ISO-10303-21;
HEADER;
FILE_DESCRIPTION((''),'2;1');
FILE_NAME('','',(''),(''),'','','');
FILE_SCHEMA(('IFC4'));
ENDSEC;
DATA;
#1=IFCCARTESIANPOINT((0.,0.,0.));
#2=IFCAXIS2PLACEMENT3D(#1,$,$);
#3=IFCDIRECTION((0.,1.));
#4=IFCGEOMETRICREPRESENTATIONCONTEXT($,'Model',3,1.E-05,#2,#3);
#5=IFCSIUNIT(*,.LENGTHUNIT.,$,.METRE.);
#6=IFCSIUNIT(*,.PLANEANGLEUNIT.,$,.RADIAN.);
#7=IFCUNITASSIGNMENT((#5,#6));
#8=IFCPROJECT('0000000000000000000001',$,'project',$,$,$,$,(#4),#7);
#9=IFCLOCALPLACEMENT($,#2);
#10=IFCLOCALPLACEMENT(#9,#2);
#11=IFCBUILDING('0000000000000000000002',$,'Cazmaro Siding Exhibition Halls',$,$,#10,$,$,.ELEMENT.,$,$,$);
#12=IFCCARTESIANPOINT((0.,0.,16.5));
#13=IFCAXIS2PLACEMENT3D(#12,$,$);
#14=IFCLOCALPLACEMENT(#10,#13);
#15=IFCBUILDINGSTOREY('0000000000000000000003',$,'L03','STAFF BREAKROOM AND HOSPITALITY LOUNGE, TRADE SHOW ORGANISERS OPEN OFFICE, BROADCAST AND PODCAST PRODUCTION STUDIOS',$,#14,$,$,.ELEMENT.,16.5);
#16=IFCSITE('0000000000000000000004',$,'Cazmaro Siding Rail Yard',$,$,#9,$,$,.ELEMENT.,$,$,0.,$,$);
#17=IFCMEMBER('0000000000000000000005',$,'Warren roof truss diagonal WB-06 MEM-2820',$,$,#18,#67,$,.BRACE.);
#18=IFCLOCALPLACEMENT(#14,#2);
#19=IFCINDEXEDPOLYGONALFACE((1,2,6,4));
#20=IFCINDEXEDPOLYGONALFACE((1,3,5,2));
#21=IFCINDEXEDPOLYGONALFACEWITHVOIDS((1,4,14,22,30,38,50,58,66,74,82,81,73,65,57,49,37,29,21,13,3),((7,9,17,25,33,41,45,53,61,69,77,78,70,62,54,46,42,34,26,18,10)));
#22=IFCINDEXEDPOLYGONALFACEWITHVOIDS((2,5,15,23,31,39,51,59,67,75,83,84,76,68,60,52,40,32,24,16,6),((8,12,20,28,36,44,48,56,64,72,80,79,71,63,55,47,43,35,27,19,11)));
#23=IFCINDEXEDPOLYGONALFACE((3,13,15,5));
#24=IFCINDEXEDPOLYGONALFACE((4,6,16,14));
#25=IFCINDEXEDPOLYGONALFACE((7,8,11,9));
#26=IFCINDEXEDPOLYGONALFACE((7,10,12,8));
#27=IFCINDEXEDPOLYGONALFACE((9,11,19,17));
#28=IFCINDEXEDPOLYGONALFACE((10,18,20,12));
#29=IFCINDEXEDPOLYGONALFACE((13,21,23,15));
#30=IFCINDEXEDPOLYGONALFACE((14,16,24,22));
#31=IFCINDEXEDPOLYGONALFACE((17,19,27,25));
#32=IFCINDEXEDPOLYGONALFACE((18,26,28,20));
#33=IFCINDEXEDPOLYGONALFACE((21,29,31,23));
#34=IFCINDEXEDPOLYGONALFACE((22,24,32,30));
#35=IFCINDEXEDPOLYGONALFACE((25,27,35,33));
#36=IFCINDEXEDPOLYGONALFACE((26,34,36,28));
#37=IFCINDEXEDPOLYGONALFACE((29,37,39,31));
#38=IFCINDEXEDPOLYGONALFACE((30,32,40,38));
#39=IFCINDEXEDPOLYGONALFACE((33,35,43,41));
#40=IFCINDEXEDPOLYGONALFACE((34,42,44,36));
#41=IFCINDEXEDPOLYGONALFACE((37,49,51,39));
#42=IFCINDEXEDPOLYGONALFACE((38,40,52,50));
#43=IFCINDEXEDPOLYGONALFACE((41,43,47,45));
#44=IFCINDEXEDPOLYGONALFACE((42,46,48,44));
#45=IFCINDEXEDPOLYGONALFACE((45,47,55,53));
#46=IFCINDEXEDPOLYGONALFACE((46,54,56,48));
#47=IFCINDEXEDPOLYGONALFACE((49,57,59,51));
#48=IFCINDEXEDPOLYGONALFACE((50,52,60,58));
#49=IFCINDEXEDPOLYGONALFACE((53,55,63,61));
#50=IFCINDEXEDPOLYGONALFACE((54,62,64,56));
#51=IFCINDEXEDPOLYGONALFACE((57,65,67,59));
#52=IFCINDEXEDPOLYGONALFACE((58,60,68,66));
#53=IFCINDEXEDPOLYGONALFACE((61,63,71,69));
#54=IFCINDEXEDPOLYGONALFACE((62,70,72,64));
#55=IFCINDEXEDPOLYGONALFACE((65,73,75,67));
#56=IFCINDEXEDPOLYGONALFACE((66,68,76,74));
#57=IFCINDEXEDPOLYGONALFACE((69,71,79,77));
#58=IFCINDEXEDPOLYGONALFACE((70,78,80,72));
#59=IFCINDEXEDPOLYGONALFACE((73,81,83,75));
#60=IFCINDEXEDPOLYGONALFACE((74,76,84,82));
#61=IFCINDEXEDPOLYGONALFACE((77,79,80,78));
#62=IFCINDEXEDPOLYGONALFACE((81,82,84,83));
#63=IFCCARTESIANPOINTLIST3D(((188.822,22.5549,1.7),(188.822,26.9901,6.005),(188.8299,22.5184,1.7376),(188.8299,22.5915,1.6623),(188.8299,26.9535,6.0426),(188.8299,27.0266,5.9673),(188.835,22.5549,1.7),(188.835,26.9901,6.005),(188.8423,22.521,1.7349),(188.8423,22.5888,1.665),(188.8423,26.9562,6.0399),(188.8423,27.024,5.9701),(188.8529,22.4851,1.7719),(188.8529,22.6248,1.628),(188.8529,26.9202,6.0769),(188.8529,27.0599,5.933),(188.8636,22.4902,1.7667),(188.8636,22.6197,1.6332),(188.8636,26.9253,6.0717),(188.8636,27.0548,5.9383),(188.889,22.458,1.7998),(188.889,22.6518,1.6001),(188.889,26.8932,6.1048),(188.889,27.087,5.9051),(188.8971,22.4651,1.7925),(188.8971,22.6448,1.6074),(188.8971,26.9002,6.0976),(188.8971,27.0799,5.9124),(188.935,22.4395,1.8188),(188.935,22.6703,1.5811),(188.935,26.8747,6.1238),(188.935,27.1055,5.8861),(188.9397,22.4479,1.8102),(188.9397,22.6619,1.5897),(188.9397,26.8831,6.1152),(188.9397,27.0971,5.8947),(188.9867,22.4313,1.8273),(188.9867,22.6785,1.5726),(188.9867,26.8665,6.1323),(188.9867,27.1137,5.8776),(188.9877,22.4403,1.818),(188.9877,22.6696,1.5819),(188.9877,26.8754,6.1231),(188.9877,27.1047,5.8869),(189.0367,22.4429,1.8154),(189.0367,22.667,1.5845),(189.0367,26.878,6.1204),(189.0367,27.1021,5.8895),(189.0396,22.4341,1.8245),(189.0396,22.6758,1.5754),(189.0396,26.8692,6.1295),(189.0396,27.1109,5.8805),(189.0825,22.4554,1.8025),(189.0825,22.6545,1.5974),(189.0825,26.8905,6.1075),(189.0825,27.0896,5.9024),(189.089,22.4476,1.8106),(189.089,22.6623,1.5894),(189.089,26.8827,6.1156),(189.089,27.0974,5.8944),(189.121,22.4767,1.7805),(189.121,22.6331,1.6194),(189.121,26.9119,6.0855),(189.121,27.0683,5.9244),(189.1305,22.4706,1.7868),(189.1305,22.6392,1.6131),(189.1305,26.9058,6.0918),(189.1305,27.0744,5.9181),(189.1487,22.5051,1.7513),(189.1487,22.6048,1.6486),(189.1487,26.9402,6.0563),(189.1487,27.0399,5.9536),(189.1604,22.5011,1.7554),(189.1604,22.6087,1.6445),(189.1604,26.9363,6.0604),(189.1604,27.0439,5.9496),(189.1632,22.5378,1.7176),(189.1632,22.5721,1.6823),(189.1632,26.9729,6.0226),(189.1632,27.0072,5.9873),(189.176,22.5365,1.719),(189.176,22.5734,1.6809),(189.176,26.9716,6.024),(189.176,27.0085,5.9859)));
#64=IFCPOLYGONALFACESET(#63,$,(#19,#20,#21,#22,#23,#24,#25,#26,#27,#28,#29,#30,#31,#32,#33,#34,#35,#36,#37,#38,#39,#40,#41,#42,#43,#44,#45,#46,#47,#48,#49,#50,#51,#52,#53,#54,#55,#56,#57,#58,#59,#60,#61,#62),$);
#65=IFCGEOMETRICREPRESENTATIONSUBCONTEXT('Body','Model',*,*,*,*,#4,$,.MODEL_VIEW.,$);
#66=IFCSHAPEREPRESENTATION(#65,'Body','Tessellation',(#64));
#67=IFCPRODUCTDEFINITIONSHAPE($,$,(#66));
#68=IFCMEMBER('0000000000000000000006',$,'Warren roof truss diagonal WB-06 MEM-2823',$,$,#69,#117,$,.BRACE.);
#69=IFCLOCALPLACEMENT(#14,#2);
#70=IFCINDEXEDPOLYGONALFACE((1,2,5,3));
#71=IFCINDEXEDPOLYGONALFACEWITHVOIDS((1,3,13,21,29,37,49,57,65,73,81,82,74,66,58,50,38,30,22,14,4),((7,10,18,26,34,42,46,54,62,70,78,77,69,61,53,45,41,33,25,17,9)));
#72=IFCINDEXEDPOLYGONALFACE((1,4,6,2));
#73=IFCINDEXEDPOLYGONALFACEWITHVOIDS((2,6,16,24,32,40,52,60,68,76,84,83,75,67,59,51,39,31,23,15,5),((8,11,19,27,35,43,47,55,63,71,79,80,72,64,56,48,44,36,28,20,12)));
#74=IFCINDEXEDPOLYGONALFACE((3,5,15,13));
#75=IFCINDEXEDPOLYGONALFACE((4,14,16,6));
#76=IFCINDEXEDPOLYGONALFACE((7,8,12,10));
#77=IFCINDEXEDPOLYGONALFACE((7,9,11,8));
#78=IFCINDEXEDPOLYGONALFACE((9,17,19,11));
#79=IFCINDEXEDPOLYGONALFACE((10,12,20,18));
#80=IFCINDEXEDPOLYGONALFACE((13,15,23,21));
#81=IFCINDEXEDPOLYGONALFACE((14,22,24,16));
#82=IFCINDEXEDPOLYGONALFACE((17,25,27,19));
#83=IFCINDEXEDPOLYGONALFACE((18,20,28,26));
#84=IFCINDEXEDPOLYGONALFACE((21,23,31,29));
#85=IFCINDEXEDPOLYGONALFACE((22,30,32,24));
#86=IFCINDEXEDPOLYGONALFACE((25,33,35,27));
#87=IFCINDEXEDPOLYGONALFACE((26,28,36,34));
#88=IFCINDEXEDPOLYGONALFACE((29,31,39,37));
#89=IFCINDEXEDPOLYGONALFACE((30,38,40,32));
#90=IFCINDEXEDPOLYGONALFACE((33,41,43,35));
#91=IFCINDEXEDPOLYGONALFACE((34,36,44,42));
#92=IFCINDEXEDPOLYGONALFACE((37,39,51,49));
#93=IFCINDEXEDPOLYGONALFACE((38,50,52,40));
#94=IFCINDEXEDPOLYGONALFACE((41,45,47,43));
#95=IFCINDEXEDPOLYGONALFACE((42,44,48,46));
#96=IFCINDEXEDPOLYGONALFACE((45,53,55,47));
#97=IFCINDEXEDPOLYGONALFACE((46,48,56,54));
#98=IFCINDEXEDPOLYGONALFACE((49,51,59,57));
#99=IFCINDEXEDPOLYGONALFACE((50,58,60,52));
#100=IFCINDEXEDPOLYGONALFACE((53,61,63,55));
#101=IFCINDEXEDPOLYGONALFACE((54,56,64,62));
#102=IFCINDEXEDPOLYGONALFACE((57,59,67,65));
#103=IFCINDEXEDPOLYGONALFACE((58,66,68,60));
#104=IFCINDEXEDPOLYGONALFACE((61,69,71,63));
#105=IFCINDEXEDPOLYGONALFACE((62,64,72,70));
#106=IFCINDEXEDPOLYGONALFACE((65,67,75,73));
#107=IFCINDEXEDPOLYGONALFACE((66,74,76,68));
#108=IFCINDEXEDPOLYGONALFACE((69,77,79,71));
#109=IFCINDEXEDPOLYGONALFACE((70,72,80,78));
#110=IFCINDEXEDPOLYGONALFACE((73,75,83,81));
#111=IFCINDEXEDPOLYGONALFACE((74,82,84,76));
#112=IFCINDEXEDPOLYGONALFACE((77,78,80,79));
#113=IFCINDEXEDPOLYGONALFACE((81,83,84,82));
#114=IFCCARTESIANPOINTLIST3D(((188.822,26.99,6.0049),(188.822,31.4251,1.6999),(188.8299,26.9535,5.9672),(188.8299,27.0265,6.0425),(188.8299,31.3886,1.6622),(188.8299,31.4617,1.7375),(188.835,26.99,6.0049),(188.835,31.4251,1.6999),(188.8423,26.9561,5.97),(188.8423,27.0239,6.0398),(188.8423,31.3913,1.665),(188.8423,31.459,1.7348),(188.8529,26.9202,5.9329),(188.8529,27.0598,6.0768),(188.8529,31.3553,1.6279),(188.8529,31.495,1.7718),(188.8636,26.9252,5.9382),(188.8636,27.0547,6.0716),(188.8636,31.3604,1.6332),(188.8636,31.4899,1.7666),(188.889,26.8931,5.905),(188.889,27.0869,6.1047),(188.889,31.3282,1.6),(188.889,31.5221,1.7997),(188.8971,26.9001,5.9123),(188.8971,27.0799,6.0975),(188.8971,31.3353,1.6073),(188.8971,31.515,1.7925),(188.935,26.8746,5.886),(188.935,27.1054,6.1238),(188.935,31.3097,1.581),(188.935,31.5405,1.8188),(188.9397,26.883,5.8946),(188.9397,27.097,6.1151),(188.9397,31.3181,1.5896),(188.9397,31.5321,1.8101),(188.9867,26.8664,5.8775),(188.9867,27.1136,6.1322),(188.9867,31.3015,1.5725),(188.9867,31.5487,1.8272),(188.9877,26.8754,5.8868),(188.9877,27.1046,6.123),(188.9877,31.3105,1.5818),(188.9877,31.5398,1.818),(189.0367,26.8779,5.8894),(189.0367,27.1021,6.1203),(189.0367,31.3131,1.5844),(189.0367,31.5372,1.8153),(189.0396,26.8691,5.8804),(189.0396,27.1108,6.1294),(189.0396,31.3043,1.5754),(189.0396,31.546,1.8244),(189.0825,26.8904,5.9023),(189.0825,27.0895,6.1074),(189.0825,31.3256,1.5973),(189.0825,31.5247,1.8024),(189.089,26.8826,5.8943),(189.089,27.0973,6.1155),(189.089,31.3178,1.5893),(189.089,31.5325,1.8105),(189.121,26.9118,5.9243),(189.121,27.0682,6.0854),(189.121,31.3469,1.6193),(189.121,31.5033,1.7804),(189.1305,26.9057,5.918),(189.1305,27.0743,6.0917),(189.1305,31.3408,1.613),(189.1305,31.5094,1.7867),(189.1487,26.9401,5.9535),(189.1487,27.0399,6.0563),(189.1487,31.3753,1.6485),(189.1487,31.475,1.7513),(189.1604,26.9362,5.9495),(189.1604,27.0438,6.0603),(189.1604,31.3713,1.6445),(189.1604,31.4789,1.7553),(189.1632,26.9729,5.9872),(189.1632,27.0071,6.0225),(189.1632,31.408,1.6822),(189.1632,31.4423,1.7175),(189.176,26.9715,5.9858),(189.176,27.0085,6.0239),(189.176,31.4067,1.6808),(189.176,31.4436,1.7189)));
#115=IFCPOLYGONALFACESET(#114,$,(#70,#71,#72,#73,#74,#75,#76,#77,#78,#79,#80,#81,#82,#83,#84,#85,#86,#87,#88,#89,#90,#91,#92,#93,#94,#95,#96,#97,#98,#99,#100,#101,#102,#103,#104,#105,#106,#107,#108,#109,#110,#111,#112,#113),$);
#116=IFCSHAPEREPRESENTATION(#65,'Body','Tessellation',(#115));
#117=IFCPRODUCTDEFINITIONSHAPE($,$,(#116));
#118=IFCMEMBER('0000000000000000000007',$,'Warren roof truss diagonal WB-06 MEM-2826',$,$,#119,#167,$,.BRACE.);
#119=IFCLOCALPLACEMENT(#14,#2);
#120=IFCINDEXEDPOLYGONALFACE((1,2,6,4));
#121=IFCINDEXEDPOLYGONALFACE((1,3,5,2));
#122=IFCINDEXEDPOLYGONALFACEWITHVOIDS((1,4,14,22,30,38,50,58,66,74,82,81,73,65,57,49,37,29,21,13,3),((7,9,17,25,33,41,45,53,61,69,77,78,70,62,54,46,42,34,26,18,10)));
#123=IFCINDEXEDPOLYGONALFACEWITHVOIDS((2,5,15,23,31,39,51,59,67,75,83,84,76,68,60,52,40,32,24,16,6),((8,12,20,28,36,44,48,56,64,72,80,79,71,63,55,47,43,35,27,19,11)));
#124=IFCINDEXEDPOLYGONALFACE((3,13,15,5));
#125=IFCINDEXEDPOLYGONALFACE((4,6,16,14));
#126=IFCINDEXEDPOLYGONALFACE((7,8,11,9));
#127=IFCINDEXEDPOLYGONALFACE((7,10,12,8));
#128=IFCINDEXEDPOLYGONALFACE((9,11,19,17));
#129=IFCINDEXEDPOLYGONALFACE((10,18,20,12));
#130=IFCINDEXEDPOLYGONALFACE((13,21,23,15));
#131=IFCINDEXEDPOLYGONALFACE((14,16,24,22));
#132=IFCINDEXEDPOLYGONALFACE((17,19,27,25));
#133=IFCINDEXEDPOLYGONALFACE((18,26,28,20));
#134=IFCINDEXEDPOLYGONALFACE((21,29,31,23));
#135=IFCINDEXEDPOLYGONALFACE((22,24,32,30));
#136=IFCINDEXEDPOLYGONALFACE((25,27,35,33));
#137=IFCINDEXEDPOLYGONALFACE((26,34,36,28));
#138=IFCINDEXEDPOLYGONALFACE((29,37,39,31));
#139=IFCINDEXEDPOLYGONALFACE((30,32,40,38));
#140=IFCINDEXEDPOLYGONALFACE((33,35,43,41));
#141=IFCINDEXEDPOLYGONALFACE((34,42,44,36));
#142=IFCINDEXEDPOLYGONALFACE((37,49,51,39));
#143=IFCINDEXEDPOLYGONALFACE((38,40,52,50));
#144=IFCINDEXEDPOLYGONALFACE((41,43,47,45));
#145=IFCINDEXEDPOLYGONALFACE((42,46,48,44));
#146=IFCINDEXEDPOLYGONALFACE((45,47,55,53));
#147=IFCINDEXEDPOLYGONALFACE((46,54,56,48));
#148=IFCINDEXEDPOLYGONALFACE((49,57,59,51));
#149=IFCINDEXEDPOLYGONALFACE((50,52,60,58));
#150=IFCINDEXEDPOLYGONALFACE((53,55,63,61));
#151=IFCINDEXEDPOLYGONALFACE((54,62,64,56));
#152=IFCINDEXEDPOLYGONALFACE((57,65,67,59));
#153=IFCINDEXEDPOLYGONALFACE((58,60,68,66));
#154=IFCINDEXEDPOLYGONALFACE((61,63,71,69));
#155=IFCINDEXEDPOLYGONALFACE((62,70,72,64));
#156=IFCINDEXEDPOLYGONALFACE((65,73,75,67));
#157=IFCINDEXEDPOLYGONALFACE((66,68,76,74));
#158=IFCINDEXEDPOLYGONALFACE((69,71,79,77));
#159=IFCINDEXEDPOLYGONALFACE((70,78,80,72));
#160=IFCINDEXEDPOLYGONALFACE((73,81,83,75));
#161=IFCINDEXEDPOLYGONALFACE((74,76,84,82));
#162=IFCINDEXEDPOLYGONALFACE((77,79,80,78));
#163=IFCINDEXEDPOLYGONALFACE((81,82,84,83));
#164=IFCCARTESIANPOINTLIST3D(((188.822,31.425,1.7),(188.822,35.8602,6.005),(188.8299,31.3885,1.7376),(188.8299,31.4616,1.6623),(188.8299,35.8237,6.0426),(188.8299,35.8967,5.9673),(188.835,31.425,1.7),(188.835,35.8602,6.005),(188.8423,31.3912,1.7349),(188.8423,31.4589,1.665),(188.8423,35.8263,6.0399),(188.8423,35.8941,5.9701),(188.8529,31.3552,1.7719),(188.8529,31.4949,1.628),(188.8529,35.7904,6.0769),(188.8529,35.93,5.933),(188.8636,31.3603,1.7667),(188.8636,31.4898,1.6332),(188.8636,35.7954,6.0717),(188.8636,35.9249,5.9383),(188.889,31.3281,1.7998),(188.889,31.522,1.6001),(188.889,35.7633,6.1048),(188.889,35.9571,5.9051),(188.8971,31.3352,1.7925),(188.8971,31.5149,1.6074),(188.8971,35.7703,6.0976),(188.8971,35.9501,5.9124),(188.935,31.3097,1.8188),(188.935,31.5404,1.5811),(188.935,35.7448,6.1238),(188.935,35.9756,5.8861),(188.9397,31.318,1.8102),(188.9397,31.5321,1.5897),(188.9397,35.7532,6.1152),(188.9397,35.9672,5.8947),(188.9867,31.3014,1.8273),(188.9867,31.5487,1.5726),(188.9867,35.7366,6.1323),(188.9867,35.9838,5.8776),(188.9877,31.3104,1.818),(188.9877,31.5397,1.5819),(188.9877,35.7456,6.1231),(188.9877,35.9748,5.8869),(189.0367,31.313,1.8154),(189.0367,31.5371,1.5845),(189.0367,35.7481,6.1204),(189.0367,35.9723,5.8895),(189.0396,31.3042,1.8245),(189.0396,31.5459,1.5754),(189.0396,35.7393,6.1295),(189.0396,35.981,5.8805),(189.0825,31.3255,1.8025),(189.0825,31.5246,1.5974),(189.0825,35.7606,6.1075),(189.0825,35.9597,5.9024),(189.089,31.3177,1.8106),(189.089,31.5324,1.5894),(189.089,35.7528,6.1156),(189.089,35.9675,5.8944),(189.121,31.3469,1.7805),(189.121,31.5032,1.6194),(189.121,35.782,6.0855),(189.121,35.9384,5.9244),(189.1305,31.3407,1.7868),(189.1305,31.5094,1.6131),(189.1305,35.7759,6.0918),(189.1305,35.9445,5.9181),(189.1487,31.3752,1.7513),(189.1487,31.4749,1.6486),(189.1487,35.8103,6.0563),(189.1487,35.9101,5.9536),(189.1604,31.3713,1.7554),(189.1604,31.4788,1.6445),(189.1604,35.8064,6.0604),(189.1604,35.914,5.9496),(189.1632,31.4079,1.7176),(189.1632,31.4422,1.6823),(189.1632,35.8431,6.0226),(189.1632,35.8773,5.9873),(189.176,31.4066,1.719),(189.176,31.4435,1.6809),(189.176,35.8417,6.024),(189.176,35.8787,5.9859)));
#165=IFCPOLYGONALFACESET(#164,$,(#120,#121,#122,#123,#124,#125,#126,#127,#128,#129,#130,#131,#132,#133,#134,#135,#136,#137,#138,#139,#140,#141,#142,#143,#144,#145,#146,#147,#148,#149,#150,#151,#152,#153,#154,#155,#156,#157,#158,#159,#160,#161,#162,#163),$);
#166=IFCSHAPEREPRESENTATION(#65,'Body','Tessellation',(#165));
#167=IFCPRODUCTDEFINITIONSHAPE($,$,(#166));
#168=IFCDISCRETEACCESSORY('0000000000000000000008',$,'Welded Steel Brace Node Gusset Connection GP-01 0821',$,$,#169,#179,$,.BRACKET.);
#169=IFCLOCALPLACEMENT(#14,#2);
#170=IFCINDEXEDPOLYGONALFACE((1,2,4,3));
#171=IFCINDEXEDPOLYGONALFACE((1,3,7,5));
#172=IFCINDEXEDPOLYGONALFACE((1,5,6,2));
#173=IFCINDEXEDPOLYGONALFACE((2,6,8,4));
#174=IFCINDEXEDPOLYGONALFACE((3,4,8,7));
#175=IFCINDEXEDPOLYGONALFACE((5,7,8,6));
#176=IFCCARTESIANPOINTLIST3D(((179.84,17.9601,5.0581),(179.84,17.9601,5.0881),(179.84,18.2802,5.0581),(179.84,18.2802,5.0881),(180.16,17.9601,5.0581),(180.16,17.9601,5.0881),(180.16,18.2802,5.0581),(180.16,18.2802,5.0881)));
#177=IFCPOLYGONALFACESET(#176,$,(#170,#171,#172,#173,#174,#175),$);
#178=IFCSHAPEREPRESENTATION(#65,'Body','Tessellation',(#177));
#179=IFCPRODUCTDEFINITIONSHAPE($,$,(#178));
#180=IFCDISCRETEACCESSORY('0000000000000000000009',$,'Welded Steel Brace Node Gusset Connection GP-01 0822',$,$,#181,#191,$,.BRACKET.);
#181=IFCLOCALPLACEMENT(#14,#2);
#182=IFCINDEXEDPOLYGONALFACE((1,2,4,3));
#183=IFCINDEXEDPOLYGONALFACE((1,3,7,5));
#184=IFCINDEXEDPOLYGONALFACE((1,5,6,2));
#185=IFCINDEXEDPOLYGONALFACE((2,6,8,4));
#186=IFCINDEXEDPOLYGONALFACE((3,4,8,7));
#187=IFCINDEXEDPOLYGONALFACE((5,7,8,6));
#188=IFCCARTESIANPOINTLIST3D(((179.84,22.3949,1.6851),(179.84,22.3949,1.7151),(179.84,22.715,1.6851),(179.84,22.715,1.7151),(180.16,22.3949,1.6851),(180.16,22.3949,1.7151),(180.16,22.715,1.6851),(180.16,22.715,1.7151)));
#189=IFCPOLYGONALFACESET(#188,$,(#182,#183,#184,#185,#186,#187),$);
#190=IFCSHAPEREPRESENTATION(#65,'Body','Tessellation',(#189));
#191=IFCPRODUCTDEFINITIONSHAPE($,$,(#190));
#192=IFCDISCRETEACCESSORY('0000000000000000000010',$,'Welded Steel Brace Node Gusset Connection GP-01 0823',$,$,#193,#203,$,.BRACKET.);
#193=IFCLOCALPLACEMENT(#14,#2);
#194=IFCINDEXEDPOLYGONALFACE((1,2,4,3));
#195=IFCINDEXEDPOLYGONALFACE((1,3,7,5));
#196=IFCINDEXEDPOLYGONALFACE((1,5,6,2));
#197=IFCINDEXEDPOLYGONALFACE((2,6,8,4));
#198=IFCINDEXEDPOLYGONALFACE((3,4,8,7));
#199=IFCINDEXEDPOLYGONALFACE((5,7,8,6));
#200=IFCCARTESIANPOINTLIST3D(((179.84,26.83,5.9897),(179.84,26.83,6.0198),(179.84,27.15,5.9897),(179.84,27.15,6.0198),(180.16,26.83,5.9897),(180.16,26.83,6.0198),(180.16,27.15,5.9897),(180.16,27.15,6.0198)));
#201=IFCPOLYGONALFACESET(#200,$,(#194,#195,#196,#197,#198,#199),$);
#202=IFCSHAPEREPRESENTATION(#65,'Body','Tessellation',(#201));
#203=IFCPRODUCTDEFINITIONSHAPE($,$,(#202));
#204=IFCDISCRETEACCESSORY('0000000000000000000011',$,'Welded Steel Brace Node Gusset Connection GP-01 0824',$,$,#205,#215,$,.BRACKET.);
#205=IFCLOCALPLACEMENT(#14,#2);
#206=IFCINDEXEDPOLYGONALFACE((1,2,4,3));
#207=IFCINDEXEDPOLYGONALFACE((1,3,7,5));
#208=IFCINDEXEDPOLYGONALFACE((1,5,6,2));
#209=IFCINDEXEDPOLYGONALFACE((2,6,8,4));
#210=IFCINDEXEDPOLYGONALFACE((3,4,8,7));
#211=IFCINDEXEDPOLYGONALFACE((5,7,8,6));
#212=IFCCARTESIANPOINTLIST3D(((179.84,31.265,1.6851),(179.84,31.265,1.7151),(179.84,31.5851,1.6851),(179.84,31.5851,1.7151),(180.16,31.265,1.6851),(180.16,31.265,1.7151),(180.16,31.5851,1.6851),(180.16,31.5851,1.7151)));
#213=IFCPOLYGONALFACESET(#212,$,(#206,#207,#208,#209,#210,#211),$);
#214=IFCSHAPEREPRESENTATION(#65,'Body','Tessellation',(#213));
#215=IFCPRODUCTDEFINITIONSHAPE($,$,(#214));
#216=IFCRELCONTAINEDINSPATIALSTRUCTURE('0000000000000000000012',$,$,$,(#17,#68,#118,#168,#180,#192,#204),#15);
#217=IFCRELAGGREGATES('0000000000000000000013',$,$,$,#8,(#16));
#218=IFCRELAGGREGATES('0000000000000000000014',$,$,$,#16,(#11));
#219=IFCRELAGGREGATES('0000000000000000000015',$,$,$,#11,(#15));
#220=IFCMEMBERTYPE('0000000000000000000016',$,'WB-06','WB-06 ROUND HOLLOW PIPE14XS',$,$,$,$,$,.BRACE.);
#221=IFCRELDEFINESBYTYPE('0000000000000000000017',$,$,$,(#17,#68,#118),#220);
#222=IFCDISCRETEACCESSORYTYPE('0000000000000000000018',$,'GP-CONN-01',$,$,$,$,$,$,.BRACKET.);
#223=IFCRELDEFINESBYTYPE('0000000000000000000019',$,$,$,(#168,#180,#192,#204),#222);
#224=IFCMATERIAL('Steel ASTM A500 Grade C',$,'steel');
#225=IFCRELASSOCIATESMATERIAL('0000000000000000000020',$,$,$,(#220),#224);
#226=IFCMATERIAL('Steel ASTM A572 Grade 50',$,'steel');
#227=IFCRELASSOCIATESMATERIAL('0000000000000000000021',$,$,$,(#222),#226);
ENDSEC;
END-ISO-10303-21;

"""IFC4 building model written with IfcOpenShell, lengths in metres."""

from ifc_helpers import new_model, si_unit, direction, frame, origin, origin_2d, place, context, subcontext, project, spatial, rectangle, hollow_circle, extrude, material, material_profile, profile_set, type_object, element, save


model = new_model("IFC4")

# Units and contexts
model_context = context("Model", 3, precision=1e-05, world=origin(), true_north=direction((0.0, 1.0)))
body_context = subcontext(model_context, "Body", "Model", "MODEL_VIEW")
ifc_project = project(units=[si_unit("LENGTHUNIT", "METRE"), si_unit("PLANEANGLEUNIT", "RADIAN")], contexts=[model_context])

# Site, building, storey
site_placement = place(None, origin())
site = spatial("IfcSite", under=ifc_project, at=site_placement, Name="Cazmaro Siding Rail Yard", CompositionType="ELEMENT", RefElevation=0.0)
building_placement = place(site_placement, origin())
building = spatial("IfcBuilding", under=site, at=building_placement, Name="Cazmaro Siding Exhibition Halls", CompositionType="ELEMENT")
storey_placement = place(building_placement, frame((0.0, 0.0, 16.5)))
storey = spatial("IfcBuildingStorey", under=building, at=storey_placement, Name="L03", Description="STAFF BREAKROOM AND HOSPITALITY LOUNGE, TRADE SHOW ORGANISERS OPEN OFFICE, BROADCAST AND PODCAST PRODUCTION STUDIOS", CompositionType="ELEMENT", Elevation=16.5)

# Members
ifc_material_1 = material(Name="Steel ASTM A500 Grade C", Category="steel")
ifc_material_profile_1 = material_profile(ifc_material_1, hollow_circle(Radius=0.178, WallThickness=0.0129, at=origin_2d()), Name="PIPE14XS")
ifc_profile_set_1 = profile_set([ifc_material_profile_1], Name="Steel ASTM A500 Grade C")
member_type_1 = type_object("IfcMemberType", Name="WB-06", Description="WB-06 ROUND HOLLOW PIPE14XS", PredefinedType="BRACE", material=ifc_profile_set_1)
for number, where, z_axis, x_axis, name in (
    (1, (189.0, 22.5549, 1.7), (0.0, 0.717555, 0.696502), (-1.0, 0.0, 0.0), "Warren roof truss diagonal WB-06 MEM-2820"),
    (2, (189.0, 26.99, 6.0049), (0.0, 0.717555, -0.696502), (-1.0, 0.0, 0.0), "Warren roof truss diagonal WB-06 MEM-2823"),
    (3, (189.0, 31.425, 1.7), (0.0, 0.717555, 0.696502), (-1.0, 0.0, 0.0), "Warren roof truss diagonal WB-06 MEM-2826"),
):
    element("IfcMember", number, at=place(storey_placement, frame(where, z_axis=z_axis, x_axis=x_axis)), inside=storey, type_object=member_type_1, Name=name, PredefinedType="BRACE", context=body_context, shape_type="SweptSolid", body=[
        extrude(hollow_circle(Radius=0.178, WallThickness=0.0129, at=origin_2d()), origin(), (0.0, 0.0, 1.0), 6.1809),
    ])

# Discrete accessories
ifc_material_2 = material(Name="Steel ASTM A572 Grade 50", Category="steel")
discrete_accessory_type = type_object("IfcDiscreteAccessoryType", Name="GP-CONN-01", PredefinedType="BRACKET", material=ifc_material_2)
for number, where, z_axis, x_axis, name in (
    (4, (180.0, 18.1201, 5.0581), (0.0, 0.0, 1.0), (1.0, 0.0, 0.0), "Welded Steel Brace Node Gusset Connection GP-01 0821"),
    (5, (180.0, 22.5549, 1.6851), (0.0, 0.0, 1.0), (1.0, 0.0, 0.0), "Welded Steel Brace Node Gusset Connection GP-01 0822"),
    (6, (180.0, 26.99, 5.9897), (0.0, 0.0, 1.0), (1.0, 0.0, 0.0), "Welded Steel Brace Node Gusset Connection GP-01 0823"),
    (7, (180.0, 31.425, 1.6851), (0.0, 0.0, 1.0), (1.0, 0.0, 0.0), "Welded Steel Brace Node Gusset Connection GP-01 0824"),
):
    element("IfcDiscreteAccessory", number, at=place(storey_placement, frame(where, z_axis=z_axis, x_axis=x_axis)), inside=storey, type_object=discrete_accessory_type, Name=name, PredefinedType="BRACKET", context=body_context, shape_type="SweptSolid", body=[
        extrude(rectangle(XDim=0.3201, YDim=0.3201, at=origin_2d()), origin(), (0.0, 0.0, 1.0), 0.03),
    ])

save(model, "model.ifc")
